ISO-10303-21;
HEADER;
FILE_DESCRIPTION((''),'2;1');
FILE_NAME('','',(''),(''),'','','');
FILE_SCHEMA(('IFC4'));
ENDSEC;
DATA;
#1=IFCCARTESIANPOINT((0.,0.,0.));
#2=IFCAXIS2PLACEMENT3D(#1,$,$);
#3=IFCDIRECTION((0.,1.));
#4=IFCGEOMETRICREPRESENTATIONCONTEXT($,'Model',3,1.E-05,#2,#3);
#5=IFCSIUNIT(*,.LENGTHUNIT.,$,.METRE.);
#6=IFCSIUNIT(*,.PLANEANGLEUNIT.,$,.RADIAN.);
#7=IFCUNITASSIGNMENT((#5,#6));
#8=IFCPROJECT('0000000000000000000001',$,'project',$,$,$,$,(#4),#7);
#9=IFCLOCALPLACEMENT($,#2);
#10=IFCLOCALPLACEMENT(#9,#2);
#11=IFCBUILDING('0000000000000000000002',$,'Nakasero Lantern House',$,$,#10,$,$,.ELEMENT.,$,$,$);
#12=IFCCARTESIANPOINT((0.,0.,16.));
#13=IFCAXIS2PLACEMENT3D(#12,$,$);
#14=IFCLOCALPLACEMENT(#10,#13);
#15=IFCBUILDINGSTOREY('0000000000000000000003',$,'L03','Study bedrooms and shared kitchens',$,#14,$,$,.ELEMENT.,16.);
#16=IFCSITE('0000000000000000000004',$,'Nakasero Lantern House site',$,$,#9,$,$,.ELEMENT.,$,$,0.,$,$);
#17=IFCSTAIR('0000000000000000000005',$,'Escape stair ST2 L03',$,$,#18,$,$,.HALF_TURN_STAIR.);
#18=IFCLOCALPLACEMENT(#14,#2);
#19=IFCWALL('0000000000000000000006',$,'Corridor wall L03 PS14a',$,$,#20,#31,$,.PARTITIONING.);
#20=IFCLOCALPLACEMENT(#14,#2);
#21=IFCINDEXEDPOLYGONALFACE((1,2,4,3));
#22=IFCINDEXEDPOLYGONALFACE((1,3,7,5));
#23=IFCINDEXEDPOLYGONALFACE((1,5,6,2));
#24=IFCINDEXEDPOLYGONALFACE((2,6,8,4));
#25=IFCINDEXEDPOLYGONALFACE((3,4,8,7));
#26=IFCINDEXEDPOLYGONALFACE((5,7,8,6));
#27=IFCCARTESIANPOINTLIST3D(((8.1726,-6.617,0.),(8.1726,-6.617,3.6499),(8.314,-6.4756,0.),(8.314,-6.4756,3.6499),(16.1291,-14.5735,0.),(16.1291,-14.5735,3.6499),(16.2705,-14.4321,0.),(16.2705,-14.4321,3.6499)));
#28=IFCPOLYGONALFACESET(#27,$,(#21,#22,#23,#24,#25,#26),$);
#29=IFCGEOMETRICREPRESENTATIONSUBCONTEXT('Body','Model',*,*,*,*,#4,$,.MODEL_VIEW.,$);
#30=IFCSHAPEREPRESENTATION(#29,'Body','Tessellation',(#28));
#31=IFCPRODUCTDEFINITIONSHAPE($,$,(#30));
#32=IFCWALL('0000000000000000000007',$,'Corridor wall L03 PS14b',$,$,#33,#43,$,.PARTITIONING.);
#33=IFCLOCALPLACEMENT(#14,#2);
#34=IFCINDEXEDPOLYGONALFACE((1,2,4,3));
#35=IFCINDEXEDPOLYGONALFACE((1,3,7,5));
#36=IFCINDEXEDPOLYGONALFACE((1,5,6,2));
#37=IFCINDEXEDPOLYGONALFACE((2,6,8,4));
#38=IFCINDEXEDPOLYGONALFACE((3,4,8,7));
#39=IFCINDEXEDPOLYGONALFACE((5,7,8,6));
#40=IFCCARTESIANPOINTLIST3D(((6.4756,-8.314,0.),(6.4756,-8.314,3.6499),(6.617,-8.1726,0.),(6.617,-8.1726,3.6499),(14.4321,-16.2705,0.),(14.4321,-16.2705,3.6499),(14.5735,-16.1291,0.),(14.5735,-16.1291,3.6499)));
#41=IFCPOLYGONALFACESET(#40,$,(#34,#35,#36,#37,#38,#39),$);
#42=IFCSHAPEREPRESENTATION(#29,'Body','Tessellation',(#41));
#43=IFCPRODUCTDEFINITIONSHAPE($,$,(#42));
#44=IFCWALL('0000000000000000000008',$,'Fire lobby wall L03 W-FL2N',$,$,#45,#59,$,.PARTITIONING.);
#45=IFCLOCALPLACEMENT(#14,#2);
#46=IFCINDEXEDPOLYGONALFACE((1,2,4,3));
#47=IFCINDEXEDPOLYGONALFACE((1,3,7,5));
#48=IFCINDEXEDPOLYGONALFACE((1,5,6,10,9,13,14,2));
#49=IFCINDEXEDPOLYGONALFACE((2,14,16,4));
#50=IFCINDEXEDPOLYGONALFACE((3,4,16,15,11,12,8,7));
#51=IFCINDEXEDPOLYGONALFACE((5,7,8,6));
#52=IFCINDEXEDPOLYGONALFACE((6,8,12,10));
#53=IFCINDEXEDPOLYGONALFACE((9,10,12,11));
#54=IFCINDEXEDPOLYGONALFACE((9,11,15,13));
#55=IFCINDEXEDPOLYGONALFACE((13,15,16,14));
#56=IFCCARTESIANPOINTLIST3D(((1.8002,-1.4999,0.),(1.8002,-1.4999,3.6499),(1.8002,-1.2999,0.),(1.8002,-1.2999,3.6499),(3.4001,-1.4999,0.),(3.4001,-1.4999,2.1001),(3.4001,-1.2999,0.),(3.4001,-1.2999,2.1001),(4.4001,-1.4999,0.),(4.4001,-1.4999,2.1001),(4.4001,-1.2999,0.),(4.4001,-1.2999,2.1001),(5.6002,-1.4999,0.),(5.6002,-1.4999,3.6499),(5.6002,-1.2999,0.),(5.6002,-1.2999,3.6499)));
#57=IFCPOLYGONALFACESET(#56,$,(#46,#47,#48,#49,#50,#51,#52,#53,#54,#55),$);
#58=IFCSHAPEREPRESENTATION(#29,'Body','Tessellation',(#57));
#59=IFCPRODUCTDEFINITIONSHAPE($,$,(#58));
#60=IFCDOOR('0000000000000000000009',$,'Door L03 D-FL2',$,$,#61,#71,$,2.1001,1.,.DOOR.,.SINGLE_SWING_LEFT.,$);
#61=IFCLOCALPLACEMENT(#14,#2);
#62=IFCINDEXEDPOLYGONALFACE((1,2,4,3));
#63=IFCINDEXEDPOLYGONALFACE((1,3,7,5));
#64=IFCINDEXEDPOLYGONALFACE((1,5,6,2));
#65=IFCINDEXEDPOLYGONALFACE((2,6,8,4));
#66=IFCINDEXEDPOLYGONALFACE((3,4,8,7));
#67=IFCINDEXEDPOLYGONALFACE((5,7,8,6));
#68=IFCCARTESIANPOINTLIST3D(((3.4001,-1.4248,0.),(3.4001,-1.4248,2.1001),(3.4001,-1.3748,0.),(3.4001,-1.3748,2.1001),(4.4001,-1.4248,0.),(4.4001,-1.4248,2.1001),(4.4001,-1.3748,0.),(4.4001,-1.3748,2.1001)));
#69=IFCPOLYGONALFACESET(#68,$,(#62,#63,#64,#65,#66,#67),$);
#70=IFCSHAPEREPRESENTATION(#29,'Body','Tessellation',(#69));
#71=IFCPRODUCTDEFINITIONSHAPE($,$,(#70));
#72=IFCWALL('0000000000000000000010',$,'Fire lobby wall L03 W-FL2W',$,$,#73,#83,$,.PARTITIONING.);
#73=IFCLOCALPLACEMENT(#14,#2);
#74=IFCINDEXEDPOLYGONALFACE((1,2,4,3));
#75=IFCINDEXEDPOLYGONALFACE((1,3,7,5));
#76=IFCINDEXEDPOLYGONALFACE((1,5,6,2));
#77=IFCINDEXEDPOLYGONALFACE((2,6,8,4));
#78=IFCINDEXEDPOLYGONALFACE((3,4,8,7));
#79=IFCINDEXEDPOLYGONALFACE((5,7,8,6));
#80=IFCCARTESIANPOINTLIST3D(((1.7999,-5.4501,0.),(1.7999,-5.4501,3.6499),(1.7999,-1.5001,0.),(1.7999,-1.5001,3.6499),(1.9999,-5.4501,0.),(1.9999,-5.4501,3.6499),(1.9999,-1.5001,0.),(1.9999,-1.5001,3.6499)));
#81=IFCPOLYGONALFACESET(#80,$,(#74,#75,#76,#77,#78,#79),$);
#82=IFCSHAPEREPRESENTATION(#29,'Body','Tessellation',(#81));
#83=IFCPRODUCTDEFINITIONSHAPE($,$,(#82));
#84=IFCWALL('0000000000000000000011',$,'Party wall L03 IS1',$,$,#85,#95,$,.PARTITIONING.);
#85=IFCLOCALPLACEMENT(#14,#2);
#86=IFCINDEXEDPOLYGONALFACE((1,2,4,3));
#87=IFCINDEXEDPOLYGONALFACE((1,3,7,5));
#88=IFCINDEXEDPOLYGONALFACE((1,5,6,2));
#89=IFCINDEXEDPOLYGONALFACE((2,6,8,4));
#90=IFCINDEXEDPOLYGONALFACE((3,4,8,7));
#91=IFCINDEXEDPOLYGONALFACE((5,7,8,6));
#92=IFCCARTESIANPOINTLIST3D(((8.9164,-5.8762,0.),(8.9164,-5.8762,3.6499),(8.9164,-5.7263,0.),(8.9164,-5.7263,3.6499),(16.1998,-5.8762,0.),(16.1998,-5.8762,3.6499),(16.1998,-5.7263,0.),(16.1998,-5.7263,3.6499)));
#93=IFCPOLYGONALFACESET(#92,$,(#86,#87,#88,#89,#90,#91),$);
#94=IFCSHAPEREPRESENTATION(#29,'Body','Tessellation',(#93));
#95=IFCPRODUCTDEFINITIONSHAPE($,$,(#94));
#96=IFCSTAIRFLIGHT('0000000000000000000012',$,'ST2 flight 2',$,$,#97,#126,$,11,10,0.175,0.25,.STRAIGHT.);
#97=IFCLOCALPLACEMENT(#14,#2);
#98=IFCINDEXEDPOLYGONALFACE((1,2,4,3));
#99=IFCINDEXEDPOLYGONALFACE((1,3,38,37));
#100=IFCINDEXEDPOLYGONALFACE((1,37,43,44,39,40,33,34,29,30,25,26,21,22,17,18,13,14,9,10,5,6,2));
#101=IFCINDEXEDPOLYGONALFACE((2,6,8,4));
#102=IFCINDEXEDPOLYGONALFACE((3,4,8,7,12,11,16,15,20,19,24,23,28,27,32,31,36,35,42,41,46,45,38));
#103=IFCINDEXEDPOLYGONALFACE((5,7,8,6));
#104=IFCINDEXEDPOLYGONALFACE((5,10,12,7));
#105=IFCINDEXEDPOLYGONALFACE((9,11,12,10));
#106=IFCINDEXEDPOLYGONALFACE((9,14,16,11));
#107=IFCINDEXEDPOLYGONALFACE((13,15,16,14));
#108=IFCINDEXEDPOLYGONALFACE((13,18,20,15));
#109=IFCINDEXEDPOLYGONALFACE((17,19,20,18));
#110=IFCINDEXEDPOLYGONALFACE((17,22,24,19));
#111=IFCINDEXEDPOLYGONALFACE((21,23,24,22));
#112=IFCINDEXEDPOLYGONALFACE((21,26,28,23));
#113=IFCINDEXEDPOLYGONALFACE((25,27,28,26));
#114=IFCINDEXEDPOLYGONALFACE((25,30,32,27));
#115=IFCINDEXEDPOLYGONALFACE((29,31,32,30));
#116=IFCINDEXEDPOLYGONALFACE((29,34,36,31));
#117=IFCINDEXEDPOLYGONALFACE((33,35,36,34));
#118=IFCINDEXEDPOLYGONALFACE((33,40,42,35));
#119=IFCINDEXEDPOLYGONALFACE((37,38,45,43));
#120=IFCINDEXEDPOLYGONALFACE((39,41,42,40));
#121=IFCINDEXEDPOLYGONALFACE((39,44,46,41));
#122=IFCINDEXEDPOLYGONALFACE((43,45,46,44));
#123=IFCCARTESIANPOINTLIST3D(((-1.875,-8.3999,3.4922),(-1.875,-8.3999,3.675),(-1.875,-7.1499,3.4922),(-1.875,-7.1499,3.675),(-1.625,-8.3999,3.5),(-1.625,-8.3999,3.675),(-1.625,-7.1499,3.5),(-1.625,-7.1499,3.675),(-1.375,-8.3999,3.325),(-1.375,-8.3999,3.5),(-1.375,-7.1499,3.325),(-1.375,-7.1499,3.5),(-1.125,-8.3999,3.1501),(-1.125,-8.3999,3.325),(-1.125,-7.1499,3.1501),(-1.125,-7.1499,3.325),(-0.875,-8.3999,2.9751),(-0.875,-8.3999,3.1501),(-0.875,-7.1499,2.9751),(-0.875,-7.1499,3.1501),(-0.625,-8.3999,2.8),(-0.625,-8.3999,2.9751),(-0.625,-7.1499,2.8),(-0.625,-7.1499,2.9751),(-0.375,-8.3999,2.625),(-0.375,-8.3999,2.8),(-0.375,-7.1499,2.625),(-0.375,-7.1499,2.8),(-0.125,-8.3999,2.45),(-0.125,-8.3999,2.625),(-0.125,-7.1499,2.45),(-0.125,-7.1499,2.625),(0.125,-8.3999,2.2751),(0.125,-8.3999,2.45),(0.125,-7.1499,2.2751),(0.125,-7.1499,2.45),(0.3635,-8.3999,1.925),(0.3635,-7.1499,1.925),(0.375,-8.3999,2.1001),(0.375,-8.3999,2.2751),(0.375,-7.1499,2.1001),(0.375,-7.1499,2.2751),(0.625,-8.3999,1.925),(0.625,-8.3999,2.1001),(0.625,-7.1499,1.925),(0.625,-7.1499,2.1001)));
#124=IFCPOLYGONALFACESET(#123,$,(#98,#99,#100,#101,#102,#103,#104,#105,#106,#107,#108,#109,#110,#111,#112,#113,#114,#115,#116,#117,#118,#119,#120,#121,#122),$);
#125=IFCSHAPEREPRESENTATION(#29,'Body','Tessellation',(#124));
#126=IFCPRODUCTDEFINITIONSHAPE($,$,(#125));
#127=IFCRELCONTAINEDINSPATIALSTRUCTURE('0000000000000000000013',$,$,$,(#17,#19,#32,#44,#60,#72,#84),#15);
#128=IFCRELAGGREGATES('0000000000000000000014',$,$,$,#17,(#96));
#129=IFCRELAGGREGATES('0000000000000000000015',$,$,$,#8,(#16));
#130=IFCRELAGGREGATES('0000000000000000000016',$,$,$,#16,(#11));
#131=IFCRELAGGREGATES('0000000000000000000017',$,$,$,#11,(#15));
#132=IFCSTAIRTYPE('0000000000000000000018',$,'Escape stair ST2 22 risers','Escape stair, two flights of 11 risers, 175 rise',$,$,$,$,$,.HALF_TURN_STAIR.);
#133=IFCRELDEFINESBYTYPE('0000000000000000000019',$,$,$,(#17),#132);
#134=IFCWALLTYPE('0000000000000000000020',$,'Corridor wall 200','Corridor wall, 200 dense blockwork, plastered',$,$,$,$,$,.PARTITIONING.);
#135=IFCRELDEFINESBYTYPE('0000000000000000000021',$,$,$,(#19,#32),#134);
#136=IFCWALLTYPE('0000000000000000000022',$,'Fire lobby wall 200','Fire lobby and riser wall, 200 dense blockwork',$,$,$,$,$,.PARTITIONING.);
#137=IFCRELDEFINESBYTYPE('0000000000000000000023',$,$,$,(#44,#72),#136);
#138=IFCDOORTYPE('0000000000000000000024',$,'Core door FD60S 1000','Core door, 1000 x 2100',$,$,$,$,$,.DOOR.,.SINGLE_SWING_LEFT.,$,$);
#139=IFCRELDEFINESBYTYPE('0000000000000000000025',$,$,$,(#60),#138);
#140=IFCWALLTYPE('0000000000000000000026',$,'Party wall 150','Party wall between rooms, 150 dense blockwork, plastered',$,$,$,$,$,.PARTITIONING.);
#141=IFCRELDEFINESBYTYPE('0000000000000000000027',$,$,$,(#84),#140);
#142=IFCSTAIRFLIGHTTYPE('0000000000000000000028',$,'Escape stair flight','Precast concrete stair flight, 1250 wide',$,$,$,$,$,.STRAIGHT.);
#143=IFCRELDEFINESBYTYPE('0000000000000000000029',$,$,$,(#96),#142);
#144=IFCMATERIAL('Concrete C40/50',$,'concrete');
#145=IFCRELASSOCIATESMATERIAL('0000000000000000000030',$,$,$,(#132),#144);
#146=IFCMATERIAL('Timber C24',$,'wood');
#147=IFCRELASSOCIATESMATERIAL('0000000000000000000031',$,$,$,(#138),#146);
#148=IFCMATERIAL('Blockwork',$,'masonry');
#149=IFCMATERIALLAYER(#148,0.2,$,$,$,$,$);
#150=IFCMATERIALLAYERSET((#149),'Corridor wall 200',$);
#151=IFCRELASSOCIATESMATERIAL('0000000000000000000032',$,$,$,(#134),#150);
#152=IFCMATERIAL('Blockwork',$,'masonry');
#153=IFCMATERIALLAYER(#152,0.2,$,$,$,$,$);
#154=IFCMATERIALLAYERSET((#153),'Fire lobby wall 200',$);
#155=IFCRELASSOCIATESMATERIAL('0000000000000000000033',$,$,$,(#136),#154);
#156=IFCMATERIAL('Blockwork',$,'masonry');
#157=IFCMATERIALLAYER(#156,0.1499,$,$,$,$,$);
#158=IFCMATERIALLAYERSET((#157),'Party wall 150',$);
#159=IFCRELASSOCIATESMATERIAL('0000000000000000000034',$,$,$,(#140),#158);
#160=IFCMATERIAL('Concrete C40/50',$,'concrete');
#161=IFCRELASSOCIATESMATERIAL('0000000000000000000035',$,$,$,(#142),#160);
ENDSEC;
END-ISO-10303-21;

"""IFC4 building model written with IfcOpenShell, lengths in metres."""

from ifc_helpers import new_model, si_unit, direction, frame, frame_2d, origin, place, context, subcontext, project, spatial, polyline, rectangle, outline, extrude, material, layer, layer_set, type_object, element, fill, aggregate, save


model = new_model("IFC4")

# Units and contexts
model_context = context("Model", 3, precision=1e-05, world=origin(), true_north=direction((0.0, 1.0)))
body_context = subcontext(model_context, "Body", "Model", "MODEL_VIEW")
ifc_project = project(units=[si_unit("LENGTHUNIT", "METRE"), si_unit("PLANEANGLEUNIT", "RADIAN")], contexts=[model_context])

# Site, building, storey
site_placement = place(None, origin())
site = spatial("IfcSite", under=ifc_project, at=site_placement, Name="Nakasero Lantern House site", CompositionType="ELEMENT", RefElevation=0.0)
building_placement = place(site_placement, origin())
building = spatial("IfcBuilding", under=site, at=building_placement, Name="Nakasero Lantern House", CompositionType="ELEMENT")
storey_placement = place(building_placement, frame((0.0, 0.0, 16.0)))
storey = spatial("IfcBuildingStorey", under=building, at=storey_placement, Name="L03", Description="Study bedrooms and shared kitchens", CompositionType="ELEMENT", Elevation=16.0)

# Stair
ifc_material_1 = material(Name="Concrete C40/50", Category="concrete")
stair_type_1 = type_object("IfcStairType", Name="Escape stair ST2 22 risers", Description="Escape stair, two flights of 11 risers, 175 rise", PredefinedType="HALF_TURN_STAIR", material=ifc_material_1)
stair_1_placement = place(storey_placement, origin())
stair_1 = element("IfcStair", 1, at=stair_1_placement, inside=storey, type_object=stair_type_1, Name="Escape stair ST2 L03", PredefinedType="HALF_TURN_STAIR")

# Shared definitions
ifc_material_2 = material(Name="Timber C24", Category="wood")
door_type_1 = type_object("IfcDoorType", Name="Core door FD60S 1000", Description="Core door, 1000 x 2100", OperationType="SINGLE_SWING_LEFT", PredefinedType="DOOR", material=ifc_material_2)

# Walls
ifc_material_3 = material(Name="Blockwork", Category="masonry")
ifc_layer_1 = layer(ifc_material_3, 0.2)
ifc_layer_set_1 = layer_set([ifc_layer_1], Name="Corridor wall 200")
wall_type_1 = type_object("IfcWallType", Name="Corridor wall 200", Description="Corridor wall, 200 dense blockwork, plastered", PredefinedType="PARTITIONING", material=ifc_layer_set_1)
for number, where, z_axis, x_axis, name in (
    (2, (8.2434, -6.5464, 0.0), (0.0, 0.0, 1.0), (0.707107, -0.707107, 0.0), "Corridor wall L03 PS14a"),
    (3, (6.5464, -8.2434, 0.0), (0.0, 0.0, 1.0), (0.707107, -0.707107, 0.0), "Corridor wall L03 PS14b"),
):
    element("IfcWall", number, at=place(storey_placement, frame(where, z_axis=z_axis, x_axis=x_axis)), inside=storey, type_object=wall_type_1, Name=name, PredefinedType="PARTITIONING", context=body_context, shape_type="SweptSolid", body=[
        extrude(rectangle(XDim=11.2522, YDim=0.2, at=frame_2d((5.626, 0.0))), origin(), (0.0, 0.0, 1.0), 3.6499),
    ])

# Wall, opening, door
ifc_material_4 = material(Name="Blockwork", Category="masonry")
ifc_layer_2 = layer(ifc_material_4, 0.2)
ifc_layer_set_2 = layer_set([ifc_layer_2], Name="Fire lobby wall 200")
wall_type_2 = type_object("IfcWallType", Name="Fire lobby wall 200", Description="Fire lobby and riser wall, 200 dense blockwork", PredefinedType="PARTITIONING", material=ifc_layer_set_2)
wall_1_placement = place(storey_placement, frame((5.6001, -1.3999, 0.0), z_axis=(0.0, 0.0, 1.0), x_axis=(-1.0, 0.0, 0.0)))
wall_1 = element("IfcWall", 4, at=wall_1_placement, inside=storey, type_object=wall_type_2, Name="Fire lobby wall L03 W-FL2N", PredefinedType="PARTITIONING", context=body_context, shape_type="SweptSolid", body=[
    extrude(rectangle(XDim=3.8, YDim=0.2, at=frame_2d((1.8999, 0.0))), origin(), (0.0, 0.0, 1.0), 3.6499),
])
opening_1_placement = place(wall_1_placement, frame((1.2, 0.0, 0.0)))
opening_1 = element("IfcOpeningElement", 5, at=opening_1_placement, cuts=wall_1, PredefinedType="OPENING", context=body_context, shape_type="SweptSolid", body=[
    extrude(rectangle(XDim=1.0, YDim=2.1001, at=frame_2d((0.5, 1.05))), frame((0.0, 0.1199, 0.0), z_axis=(0.0, -1.0, 0.0), x_axis=(1.0, 0.0, 0.0)), (0.0, 0.0, 1.0), 0.24),
])
door_1_placement = place(opening_1_placement, origin())
door_1 = element("IfcDoor", 6, at=door_1_placement, inside=storey, type_object=door_type_1, Name="Door L03 D-FL2", OperationType="SINGLE_SWING_LEFT", OverallHeight=2.1001, OverallWidth=1.0, PredefinedType="DOOR", context=body_context, shape_type="SweptSolid", body=[
    extrude(rectangle(XDim=1.0, YDim=2.1001, at=frame_2d((0.5, 1.05))), frame((0.0, 0.0249, 0.0), z_axis=(0.0, -1.0, 0.0), x_axis=(1.0, 0.0, 0.0)), (0.0, 0.0, 1.0), 0.05),
])
fill(opening_1, door_1)

# Walls
wall_2_placement = place(storey_placement, frame((1.8999, -1.5, 0.0), z_axis=(0.0, 0.0, 1.0), x_axis=(0.0, -1.0, 0.0)))
element("IfcWall", 7, at=wall_2_placement, inside=storey, type_object=wall_type_2, Name="Fire lobby wall L03 W-FL2W", PredefinedType="PARTITIONING", context=body_context, shape_type="SweptSolid", body=[
    extrude(rectangle(XDim=3.95, YDim=0.2, at=frame_2d((1.9751, 0.0))), origin(), (0.0, 0.0, 1.0), 3.6499),
])
ifc_material_5 = material(Name="Blockwork", Category="masonry")
ifc_layer_3 = layer(ifc_material_5, 0.1499)
ifc_layer_set_3 = layer_set([ifc_layer_3], Name="Party wall 150")
wall_type_3 = type_object("IfcWallType", Name="Party wall 150", Description="Party wall between rooms, 150 dense blockwork, plastered", PredefinedType="PARTITIONING", material=ifc_layer_set_3)
wall_3_placement = place(storey_placement, frame((8.9165, -5.8013, 0.0), z_axis=(0.0, 0.0, 1.0), x_axis=(1.0, 0.0, 0.0)))
element("IfcWall", 8, at=wall_3_placement, inside=storey, type_object=wall_type_3, Name="Party wall L03 IS1", PredefinedType="PARTITIONING", context=body_context, shape_type="SweptSolid", body=[
    extrude(rectangle(XDim=7.2834, YDim=0.1499, at=frame_2d((3.6416, 0.0))), origin(), (0.0, 0.0, 1.0), 3.6499),
])

# Stair flight
ifc_material_6 = material(Name="Concrete C40/50", Category="concrete")
stair_flight_type = type_object("IfcStairFlightType", Name="Escape stair flight", Description="Precast concrete stair flight, 1250 wide", PredefinedType="STRAIGHT", material=ifc_material_6)
stair_flight_placement = place(storey_placement, frame((0.625, -7.7749, 1.925), z_axis=(0.0, 0.0, 1.0), x_axis=(-1.0, 0.0, 0.0)))
stair_flight = element("IfcStairFlight", 9, at=stair_flight_placement, type_object=stair_flight_type, Name="ST2 flight 2", NumberOfRisers=11, NumberOfTreads=10, PredefinedType="STRAIGHT", RiserHeight=0.175, TreadLength=0.25, context=body_context, shape_type="SweptSolid", body=[
    extrude(outline(polyline([(0.0, 0.0), (0.0, 0.175), (0.25, 0.175), (0.25, 0.3501), (0.5, 0.3501), (0.5, 0.5249), (0.75, 0.5249), (0.75, 0.7), (1.0, 0.7), (1.0, 0.875), (1.25, 0.875), (1.25, 1.05), (1.5, 1.05), (1.5, 1.2251), (1.75, 1.2251), (1.75, 1.3999), (2.0, 1.3999), (2.0, 1.575), (2.25, 1.575), (2.25, 1.75), (2.5, 1.75), (2.5, 1.925), (2.5, 1.5671), (0.2615, 0.0), (0.0, 0.0)])), frame((0.0, 0.625, 0.0), z_axis=(0.0, -1.0, 0.0), x_axis=(1.0, 0.0, 0.0)), (0.0, 0.0, 1.0), 1.25),
])
aggregate(stair_1, [stair_flight])

save(model, "model.ifc")
